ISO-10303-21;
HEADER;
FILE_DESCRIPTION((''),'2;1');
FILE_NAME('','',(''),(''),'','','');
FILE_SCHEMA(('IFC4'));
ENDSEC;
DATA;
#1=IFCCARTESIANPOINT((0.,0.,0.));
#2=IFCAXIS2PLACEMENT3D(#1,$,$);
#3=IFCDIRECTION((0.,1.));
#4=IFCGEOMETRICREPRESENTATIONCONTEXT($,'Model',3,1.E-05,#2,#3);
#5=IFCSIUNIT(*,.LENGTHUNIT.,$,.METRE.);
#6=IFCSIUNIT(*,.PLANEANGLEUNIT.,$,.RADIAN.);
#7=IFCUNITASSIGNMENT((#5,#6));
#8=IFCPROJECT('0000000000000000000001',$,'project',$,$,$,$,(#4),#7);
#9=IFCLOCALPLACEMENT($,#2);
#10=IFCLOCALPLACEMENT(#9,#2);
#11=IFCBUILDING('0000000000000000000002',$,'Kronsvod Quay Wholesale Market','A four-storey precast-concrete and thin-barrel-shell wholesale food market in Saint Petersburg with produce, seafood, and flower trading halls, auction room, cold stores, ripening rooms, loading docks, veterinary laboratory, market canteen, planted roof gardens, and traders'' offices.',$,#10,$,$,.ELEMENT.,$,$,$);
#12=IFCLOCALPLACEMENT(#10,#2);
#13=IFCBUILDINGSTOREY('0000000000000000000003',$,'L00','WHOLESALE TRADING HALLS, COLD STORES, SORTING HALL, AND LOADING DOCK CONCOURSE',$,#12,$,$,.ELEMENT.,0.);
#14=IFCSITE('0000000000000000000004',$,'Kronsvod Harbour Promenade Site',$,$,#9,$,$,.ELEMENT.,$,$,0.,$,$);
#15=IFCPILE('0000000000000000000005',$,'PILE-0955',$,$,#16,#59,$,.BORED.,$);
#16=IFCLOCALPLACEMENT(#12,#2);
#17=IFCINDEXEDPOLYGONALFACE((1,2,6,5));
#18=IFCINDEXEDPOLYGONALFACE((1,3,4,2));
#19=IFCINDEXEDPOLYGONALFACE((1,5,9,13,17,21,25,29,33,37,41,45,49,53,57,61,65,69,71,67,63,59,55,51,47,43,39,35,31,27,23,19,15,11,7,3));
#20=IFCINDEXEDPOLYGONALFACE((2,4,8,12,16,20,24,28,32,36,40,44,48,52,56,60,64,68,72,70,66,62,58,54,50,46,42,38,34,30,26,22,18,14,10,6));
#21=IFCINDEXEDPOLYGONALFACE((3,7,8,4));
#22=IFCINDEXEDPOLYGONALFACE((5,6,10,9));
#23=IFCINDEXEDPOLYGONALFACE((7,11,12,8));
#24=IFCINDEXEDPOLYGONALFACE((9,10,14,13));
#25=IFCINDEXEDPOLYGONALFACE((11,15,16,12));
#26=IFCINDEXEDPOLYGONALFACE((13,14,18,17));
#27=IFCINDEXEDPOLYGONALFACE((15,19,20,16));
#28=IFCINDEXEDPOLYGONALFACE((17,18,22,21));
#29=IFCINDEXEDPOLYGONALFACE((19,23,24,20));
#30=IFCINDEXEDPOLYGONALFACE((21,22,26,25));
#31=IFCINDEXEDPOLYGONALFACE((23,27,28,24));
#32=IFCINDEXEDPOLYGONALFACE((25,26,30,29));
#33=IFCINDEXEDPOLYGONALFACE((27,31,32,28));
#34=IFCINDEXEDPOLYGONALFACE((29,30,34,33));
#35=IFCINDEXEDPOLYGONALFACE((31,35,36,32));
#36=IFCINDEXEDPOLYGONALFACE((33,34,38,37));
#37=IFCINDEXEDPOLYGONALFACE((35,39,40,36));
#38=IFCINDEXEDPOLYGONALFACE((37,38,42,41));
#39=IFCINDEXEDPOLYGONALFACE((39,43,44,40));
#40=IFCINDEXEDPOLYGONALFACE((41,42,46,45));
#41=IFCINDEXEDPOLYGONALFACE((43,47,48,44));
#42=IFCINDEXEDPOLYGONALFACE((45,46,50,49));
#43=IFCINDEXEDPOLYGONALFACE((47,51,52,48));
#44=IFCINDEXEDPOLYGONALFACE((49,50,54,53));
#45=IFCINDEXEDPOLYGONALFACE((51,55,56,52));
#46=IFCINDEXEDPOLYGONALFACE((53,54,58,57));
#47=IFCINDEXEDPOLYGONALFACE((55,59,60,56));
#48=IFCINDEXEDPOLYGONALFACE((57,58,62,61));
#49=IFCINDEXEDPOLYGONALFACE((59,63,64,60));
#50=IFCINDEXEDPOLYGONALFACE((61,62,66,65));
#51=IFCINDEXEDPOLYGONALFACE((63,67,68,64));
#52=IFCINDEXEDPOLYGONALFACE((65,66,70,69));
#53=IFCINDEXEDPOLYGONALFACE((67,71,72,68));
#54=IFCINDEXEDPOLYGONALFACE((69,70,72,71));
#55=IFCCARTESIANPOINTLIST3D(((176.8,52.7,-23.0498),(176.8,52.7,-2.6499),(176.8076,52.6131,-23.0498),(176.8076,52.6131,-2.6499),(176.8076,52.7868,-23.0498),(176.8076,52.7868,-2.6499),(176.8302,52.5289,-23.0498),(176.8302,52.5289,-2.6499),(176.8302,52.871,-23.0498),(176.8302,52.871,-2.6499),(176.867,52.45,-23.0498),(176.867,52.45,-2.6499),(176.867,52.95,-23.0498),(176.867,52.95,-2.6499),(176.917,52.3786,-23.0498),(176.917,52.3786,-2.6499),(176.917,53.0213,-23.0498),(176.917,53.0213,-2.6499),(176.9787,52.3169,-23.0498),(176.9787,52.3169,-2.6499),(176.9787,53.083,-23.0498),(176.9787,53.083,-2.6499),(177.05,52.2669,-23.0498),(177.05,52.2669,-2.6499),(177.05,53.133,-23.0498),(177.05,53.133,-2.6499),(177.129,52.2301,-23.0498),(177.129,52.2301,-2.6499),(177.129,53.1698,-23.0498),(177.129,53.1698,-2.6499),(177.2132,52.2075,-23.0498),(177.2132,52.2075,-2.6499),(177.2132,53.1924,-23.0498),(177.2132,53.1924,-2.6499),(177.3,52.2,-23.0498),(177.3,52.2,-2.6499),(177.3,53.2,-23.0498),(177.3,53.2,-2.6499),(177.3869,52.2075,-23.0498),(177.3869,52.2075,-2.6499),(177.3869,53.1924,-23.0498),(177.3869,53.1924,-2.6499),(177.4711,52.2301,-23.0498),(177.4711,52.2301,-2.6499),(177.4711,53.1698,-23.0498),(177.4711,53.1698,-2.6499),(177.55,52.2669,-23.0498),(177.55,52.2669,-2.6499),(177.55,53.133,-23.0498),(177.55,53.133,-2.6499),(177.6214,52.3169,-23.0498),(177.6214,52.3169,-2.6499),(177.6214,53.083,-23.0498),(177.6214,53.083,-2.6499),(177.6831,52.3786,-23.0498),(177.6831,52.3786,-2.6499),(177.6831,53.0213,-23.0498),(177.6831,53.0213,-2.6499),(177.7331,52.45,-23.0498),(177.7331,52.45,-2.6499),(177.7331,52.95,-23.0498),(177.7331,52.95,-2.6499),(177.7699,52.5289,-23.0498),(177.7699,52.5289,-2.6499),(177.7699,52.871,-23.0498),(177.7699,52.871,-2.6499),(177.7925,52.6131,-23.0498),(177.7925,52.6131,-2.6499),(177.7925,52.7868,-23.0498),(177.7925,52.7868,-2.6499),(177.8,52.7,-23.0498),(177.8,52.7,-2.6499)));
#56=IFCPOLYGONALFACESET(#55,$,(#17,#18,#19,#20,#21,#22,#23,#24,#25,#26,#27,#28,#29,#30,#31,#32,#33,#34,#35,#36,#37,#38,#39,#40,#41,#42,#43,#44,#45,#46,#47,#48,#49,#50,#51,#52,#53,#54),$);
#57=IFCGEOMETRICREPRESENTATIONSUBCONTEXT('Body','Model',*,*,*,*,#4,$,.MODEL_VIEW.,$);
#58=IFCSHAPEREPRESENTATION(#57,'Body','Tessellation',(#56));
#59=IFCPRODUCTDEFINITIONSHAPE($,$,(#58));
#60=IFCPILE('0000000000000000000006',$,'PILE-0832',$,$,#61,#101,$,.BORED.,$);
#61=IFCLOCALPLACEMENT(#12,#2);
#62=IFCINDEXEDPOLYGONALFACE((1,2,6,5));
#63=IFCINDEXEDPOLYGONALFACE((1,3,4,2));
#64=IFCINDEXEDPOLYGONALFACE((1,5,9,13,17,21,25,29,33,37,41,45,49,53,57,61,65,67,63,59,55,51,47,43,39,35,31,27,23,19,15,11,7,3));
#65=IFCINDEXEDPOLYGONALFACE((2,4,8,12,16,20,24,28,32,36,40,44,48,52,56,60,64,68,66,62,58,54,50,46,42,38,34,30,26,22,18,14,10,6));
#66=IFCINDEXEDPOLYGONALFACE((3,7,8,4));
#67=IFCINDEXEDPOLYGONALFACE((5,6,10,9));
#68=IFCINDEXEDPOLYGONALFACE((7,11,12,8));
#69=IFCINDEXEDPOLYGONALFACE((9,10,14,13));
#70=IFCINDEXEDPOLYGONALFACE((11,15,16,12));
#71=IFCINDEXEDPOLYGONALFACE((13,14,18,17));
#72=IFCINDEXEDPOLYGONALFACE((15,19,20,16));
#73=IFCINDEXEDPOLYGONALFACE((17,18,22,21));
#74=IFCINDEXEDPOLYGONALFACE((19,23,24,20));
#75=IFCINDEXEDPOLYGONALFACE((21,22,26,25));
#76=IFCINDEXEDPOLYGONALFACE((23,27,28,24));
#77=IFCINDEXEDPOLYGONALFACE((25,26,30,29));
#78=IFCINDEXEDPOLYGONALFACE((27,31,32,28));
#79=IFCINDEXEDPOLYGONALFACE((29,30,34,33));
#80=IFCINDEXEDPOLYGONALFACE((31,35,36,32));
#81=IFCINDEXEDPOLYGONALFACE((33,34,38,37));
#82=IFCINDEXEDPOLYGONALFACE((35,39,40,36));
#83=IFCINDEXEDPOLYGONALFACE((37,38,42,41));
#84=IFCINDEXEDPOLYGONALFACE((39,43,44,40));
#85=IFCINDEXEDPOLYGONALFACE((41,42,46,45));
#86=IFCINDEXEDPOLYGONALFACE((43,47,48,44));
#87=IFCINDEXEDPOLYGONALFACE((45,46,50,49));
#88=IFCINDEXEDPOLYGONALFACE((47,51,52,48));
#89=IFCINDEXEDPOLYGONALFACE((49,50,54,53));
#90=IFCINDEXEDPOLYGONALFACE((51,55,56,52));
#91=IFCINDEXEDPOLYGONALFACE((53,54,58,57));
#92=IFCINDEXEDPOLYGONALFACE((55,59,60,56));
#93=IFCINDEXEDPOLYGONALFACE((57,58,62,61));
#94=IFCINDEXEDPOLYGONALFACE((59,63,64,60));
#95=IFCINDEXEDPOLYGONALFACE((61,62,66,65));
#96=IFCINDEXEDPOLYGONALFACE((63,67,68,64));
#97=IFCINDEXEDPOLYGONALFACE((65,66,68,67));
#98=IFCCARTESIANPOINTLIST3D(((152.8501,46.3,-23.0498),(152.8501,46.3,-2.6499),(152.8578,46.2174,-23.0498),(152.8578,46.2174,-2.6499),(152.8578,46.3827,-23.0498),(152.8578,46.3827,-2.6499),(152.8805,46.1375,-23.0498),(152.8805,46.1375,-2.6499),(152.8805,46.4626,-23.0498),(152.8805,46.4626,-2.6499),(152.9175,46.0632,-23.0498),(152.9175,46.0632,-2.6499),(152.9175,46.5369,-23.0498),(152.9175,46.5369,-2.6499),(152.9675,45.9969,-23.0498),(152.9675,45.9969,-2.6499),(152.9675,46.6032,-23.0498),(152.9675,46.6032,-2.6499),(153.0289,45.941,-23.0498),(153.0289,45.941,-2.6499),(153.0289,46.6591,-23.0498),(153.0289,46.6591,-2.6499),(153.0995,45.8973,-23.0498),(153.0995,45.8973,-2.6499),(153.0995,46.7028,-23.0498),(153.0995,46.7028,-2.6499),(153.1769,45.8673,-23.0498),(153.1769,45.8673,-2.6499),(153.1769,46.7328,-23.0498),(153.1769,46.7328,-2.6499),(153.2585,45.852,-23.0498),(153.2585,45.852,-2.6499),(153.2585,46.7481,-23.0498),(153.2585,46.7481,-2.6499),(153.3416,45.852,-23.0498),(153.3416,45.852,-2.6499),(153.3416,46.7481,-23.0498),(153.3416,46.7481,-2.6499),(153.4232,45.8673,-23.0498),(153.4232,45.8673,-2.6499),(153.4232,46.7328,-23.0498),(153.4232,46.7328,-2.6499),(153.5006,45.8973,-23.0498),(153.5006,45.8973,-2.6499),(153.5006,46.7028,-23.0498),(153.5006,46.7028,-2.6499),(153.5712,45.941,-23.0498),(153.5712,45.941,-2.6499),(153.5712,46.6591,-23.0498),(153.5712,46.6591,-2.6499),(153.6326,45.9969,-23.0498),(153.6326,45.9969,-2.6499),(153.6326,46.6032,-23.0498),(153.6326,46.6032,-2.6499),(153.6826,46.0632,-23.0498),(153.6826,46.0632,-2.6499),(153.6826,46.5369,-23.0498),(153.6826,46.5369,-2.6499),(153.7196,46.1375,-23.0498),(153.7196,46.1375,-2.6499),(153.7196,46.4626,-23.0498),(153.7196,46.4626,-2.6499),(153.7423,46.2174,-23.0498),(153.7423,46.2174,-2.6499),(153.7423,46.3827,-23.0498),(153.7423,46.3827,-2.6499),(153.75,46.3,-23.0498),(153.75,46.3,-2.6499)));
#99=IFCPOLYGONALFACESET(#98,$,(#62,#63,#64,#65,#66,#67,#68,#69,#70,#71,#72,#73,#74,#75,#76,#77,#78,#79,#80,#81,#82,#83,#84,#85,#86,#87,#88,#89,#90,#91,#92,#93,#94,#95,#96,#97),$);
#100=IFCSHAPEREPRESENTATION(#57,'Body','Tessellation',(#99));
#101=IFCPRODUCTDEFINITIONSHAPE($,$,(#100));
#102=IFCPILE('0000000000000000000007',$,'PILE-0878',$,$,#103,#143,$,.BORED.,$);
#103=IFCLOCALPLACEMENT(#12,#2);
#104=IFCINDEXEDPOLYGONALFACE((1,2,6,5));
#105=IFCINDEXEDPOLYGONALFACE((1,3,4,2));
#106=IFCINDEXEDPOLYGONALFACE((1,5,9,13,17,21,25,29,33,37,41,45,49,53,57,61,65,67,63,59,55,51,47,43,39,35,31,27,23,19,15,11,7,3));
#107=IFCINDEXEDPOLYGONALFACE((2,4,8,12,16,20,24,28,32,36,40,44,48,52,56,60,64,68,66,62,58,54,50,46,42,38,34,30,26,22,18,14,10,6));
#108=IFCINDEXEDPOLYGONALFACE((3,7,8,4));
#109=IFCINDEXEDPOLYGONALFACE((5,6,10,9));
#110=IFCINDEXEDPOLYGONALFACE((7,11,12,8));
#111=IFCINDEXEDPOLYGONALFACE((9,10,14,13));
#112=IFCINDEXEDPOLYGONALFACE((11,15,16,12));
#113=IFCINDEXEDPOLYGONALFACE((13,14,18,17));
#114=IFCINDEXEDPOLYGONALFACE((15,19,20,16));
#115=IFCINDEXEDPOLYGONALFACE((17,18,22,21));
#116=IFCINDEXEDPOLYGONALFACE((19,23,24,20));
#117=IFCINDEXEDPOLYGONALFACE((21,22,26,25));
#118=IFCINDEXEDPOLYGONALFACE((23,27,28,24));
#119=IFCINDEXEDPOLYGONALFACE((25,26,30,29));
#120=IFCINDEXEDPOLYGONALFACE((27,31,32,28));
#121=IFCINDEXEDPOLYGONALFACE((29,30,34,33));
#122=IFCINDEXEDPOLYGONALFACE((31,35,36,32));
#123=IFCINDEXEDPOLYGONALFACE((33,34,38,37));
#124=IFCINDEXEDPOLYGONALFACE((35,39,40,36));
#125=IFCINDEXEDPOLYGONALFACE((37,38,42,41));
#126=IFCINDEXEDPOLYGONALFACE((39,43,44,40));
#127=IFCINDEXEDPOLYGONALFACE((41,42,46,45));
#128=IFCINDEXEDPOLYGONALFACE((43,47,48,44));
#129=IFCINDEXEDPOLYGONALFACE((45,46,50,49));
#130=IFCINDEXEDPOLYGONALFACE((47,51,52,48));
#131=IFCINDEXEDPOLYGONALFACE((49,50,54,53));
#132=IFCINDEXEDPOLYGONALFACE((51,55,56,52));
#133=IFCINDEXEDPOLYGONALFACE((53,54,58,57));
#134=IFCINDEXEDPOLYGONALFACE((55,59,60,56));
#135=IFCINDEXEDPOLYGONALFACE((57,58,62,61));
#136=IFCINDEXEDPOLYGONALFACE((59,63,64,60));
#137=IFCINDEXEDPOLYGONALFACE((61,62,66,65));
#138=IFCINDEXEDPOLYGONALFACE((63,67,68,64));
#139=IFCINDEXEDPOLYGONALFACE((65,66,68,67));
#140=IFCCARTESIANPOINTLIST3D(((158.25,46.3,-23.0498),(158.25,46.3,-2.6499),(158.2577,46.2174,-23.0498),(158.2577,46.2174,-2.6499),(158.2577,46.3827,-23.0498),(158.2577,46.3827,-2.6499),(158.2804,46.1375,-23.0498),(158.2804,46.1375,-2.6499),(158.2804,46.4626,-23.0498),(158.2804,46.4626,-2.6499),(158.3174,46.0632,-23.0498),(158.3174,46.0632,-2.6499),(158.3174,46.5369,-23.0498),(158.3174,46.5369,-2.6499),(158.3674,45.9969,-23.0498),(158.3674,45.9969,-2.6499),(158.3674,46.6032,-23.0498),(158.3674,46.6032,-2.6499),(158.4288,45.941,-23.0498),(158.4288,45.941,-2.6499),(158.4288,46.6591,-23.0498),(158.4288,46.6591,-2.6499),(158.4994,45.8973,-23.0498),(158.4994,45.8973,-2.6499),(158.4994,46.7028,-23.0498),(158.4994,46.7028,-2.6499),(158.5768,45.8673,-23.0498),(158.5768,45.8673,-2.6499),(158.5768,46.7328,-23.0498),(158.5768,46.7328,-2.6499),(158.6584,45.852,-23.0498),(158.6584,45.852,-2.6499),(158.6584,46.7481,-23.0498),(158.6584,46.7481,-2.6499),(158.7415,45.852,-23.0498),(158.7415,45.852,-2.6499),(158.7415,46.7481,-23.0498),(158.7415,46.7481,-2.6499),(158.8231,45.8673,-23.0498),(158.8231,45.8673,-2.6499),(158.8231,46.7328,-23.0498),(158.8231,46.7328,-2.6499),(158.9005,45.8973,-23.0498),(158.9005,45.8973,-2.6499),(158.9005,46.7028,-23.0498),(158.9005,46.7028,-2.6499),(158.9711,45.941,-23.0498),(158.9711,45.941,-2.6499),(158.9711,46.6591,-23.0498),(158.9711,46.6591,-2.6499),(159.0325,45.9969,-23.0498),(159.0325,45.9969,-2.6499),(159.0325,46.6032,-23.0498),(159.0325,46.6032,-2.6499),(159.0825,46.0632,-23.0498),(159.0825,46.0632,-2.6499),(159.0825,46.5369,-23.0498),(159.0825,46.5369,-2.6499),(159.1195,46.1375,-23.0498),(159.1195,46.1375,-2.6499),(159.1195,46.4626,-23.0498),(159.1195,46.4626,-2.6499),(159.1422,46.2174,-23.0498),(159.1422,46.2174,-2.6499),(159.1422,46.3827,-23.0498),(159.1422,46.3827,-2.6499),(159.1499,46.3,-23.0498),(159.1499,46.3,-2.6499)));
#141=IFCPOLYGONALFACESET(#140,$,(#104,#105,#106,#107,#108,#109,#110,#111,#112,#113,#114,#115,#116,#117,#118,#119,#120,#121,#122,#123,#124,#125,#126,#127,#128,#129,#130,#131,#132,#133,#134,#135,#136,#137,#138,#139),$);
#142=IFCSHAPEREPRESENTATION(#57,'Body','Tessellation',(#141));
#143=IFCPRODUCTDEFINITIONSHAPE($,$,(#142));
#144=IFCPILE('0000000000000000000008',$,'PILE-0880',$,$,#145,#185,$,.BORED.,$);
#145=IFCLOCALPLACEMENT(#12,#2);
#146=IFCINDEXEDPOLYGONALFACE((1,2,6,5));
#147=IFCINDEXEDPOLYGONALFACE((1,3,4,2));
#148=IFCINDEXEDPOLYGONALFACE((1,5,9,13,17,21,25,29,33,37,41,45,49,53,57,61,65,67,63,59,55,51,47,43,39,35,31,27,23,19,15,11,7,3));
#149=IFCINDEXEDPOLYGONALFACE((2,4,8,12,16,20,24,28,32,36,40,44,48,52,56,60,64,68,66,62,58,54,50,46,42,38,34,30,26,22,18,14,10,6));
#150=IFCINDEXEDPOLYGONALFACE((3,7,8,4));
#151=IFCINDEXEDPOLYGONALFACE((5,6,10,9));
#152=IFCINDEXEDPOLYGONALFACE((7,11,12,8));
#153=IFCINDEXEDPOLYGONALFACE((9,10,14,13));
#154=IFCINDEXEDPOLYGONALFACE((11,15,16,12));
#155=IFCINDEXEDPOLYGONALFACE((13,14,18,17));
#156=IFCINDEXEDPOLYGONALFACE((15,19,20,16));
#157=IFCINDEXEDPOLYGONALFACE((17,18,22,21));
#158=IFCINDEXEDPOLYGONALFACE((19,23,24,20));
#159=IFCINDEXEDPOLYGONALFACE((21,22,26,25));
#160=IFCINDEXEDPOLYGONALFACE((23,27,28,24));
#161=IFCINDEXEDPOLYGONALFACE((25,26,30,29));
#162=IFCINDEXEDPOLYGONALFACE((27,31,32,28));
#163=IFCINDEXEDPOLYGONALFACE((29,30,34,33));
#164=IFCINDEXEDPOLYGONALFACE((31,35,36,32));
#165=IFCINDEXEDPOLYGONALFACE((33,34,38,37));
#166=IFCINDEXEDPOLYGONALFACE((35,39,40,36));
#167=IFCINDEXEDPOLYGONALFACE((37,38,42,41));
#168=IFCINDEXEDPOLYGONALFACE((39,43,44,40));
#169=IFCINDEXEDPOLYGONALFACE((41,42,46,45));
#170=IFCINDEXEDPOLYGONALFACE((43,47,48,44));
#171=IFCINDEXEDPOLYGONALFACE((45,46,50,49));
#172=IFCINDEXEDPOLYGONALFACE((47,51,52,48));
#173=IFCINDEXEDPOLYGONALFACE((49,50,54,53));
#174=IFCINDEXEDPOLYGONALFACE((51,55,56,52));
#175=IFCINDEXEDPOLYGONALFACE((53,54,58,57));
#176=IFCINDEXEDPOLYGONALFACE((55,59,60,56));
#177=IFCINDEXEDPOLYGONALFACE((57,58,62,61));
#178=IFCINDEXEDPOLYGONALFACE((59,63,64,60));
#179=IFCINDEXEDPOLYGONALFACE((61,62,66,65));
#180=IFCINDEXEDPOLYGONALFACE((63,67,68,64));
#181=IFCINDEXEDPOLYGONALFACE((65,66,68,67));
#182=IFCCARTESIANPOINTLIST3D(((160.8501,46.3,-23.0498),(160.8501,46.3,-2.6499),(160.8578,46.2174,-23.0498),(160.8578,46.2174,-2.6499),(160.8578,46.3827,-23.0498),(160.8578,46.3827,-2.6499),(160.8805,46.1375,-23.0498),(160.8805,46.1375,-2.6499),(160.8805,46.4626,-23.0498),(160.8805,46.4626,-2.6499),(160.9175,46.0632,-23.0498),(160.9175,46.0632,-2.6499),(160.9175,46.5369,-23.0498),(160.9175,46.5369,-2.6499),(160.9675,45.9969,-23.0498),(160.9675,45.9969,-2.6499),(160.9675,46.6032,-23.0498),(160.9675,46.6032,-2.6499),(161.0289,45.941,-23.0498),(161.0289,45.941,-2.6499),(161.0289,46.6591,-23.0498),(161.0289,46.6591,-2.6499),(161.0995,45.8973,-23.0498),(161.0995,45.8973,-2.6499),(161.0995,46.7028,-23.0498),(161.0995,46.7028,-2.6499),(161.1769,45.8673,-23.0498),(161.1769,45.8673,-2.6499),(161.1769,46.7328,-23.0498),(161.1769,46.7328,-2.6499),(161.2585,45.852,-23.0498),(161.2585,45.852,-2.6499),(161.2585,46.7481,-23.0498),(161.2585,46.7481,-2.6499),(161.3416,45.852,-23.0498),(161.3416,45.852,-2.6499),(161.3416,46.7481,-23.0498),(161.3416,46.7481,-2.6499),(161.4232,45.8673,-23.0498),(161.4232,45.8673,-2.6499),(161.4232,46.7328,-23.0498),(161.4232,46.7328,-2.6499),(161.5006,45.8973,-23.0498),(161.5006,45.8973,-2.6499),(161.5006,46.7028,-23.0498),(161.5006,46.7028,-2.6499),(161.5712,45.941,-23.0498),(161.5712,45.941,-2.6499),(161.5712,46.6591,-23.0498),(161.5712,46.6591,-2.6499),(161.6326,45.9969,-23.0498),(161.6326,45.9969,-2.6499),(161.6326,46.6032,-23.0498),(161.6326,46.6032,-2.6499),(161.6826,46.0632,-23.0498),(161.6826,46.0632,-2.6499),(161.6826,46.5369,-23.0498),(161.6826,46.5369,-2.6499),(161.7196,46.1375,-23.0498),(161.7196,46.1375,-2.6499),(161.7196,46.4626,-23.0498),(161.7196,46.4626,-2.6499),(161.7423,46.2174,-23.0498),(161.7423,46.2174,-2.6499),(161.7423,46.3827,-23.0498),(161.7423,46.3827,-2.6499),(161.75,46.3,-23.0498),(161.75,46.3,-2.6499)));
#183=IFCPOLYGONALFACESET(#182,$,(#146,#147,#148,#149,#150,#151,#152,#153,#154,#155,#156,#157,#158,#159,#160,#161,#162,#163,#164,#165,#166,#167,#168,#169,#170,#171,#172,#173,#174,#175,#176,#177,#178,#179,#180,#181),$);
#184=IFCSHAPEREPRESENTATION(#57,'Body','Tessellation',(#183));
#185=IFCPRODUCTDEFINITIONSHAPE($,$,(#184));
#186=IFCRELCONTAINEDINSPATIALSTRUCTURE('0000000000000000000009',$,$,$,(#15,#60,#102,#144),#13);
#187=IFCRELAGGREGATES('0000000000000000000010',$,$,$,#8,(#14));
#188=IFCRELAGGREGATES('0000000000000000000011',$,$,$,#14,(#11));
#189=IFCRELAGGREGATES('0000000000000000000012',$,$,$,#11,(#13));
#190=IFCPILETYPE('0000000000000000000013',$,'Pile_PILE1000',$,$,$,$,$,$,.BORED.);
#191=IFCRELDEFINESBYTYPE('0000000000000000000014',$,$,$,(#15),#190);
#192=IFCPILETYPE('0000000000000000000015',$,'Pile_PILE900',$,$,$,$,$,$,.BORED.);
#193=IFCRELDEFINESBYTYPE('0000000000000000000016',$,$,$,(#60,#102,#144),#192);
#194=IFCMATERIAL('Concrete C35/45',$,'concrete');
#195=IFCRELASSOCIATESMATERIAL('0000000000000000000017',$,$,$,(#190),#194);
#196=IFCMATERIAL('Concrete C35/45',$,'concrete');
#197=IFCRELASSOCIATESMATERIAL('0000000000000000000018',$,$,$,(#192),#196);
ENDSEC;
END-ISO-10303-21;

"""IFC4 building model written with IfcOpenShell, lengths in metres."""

from ifc_helpers import new_model, si_unit, direction, frame, origin, origin_2d, place, context, subcontext, project, spatial, circle, extrude, material, material_profile, profile_set, type_object, element, save


model = new_model("IFC4")

# Units and contexts
model_context = context("Model", 3, precision=1e-05, world=origin(), true_north=direction((0.0, 1.0)))
body_context = subcontext(model_context, "Body", "Model", "MODEL_VIEW")
ifc_project = project(units=[si_unit("LENGTHUNIT", "METRE"), si_unit("PLANEANGLEUNIT", "RADIAN")], contexts=[model_context])

# Site, building, storey
site_placement = place(None, origin())
site = spatial("IfcSite", under=ifc_project, at=site_placement, Name="Kronsvod Harbour Promenade Site", CompositionType="ELEMENT", RefElevation=0.0)
building_placement = place(site_placement, origin())
building = spatial("IfcBuilding", under=site, at=building_placement, Name="Kronsvod Quay Wholesale Market", Description="A four-storey precast-concrete and thin-barrel-shell wholesale food market in Saint Petersburg with produce, seafood, and flower trading halls, auction room, cold stores, ripening rooms, loading docks, veterinary laboratory, market canteen, planted roof gardens, and traders' offices.", CompositionType="ELEMENT")
storey_placement = place(building_placement, origin())
storey = spatial("IfcBuildingStorey", under=building, at=storey_placement, Name="L00", Description="WHOLESALE TRADING HALLS, COLD STORES, SORTING HALL, AND LOADING DOCK CONCOURSE", CompositionType="ELEMENT", Elevation=0.0)

# Piles
ifc_material_1 = material(Name="Concrete C35/45", Category="concrete")
ifc_material_profile_1 = material_profile(ifc_material_1, circle(Radius=0.5, at=origin_2d()), Name="PILE1000")
ifc_profile_set_1 = profile_set([ifc_material_profile_1], Name="Concrete C35/45")
pile_type_1 = type_object("IfcPileType", Name="Pile_PILE1000", PredefinedType="BORED", material=ifc_profile_set_1)
for number, where, z_axis, x_axis, name in (
    (1, (177.3, 52.7, -2.6499), (0.0, 0.0, -1.0), (1.0, 0.0, 0.0), "PILE-0955"),
):
    element("IfcPile", number, at=place(storey_placement, frame(where, z_axis=z_axis, x_axis=x_axis)), inside=storey, type_object=pile_type_1, Name=name, PredefinedType="BORED", context=body_context, shape_type="SweptSolid", body=[
        extrude(circle(Radius=0.5, at=origin_2d()), origin(), (0.0, 0.0, 1.0), 20.3999),
    ])
ifc_material_2 = material(Name="Concrete C35/45", Category="concrete")
ifc_material_profile_2 = material_profile(ifc_material_2, circle(Radius=0.45, at=origin_2d()), Name="PILE900")
ifc_profile_set_2 = profile_set([ifc_material_profile_2], Name="Concrete C35/45")
pile_type_2 = type_object("IfcPileType", Name="Pile_PILE900", PredefinedType="BORED", material=ifc_profile_set_2)
for number, where, z_axis, x_axis, name in (
    (2, (153.3, 46.3, -2.6499), (0.0, 0.0, -1.0), (1.0, 0.0, 0.0), "PILE-0832"),
    (3, (158.7, 46.3, -2.6499), (0.0, 0.0, -1.0), (1.0, 0.0, 0.0), "PILE-0878"),
    (4, (161.3, 46.3, -2.6499), (0.0, 0.0, -1.0), (1.0, 0.0, 0.0), "PILE-0880"),
):
    element("IfcPile", number, at=place(storey_placement, frame(where, z_axis=z_axis, x_axis=x_axis)), inside=storey, type_object=pile_type_2, Name=name, PredefinedType="BORED", context=body_context, shape_type="SweptSolid", body=[
        extrude(circle(Radius=0.45, at=origin_2d()), origin(), (0.0, 0.0, 1.0), 20.3999),
    ])

save(model, "model.ifc")
